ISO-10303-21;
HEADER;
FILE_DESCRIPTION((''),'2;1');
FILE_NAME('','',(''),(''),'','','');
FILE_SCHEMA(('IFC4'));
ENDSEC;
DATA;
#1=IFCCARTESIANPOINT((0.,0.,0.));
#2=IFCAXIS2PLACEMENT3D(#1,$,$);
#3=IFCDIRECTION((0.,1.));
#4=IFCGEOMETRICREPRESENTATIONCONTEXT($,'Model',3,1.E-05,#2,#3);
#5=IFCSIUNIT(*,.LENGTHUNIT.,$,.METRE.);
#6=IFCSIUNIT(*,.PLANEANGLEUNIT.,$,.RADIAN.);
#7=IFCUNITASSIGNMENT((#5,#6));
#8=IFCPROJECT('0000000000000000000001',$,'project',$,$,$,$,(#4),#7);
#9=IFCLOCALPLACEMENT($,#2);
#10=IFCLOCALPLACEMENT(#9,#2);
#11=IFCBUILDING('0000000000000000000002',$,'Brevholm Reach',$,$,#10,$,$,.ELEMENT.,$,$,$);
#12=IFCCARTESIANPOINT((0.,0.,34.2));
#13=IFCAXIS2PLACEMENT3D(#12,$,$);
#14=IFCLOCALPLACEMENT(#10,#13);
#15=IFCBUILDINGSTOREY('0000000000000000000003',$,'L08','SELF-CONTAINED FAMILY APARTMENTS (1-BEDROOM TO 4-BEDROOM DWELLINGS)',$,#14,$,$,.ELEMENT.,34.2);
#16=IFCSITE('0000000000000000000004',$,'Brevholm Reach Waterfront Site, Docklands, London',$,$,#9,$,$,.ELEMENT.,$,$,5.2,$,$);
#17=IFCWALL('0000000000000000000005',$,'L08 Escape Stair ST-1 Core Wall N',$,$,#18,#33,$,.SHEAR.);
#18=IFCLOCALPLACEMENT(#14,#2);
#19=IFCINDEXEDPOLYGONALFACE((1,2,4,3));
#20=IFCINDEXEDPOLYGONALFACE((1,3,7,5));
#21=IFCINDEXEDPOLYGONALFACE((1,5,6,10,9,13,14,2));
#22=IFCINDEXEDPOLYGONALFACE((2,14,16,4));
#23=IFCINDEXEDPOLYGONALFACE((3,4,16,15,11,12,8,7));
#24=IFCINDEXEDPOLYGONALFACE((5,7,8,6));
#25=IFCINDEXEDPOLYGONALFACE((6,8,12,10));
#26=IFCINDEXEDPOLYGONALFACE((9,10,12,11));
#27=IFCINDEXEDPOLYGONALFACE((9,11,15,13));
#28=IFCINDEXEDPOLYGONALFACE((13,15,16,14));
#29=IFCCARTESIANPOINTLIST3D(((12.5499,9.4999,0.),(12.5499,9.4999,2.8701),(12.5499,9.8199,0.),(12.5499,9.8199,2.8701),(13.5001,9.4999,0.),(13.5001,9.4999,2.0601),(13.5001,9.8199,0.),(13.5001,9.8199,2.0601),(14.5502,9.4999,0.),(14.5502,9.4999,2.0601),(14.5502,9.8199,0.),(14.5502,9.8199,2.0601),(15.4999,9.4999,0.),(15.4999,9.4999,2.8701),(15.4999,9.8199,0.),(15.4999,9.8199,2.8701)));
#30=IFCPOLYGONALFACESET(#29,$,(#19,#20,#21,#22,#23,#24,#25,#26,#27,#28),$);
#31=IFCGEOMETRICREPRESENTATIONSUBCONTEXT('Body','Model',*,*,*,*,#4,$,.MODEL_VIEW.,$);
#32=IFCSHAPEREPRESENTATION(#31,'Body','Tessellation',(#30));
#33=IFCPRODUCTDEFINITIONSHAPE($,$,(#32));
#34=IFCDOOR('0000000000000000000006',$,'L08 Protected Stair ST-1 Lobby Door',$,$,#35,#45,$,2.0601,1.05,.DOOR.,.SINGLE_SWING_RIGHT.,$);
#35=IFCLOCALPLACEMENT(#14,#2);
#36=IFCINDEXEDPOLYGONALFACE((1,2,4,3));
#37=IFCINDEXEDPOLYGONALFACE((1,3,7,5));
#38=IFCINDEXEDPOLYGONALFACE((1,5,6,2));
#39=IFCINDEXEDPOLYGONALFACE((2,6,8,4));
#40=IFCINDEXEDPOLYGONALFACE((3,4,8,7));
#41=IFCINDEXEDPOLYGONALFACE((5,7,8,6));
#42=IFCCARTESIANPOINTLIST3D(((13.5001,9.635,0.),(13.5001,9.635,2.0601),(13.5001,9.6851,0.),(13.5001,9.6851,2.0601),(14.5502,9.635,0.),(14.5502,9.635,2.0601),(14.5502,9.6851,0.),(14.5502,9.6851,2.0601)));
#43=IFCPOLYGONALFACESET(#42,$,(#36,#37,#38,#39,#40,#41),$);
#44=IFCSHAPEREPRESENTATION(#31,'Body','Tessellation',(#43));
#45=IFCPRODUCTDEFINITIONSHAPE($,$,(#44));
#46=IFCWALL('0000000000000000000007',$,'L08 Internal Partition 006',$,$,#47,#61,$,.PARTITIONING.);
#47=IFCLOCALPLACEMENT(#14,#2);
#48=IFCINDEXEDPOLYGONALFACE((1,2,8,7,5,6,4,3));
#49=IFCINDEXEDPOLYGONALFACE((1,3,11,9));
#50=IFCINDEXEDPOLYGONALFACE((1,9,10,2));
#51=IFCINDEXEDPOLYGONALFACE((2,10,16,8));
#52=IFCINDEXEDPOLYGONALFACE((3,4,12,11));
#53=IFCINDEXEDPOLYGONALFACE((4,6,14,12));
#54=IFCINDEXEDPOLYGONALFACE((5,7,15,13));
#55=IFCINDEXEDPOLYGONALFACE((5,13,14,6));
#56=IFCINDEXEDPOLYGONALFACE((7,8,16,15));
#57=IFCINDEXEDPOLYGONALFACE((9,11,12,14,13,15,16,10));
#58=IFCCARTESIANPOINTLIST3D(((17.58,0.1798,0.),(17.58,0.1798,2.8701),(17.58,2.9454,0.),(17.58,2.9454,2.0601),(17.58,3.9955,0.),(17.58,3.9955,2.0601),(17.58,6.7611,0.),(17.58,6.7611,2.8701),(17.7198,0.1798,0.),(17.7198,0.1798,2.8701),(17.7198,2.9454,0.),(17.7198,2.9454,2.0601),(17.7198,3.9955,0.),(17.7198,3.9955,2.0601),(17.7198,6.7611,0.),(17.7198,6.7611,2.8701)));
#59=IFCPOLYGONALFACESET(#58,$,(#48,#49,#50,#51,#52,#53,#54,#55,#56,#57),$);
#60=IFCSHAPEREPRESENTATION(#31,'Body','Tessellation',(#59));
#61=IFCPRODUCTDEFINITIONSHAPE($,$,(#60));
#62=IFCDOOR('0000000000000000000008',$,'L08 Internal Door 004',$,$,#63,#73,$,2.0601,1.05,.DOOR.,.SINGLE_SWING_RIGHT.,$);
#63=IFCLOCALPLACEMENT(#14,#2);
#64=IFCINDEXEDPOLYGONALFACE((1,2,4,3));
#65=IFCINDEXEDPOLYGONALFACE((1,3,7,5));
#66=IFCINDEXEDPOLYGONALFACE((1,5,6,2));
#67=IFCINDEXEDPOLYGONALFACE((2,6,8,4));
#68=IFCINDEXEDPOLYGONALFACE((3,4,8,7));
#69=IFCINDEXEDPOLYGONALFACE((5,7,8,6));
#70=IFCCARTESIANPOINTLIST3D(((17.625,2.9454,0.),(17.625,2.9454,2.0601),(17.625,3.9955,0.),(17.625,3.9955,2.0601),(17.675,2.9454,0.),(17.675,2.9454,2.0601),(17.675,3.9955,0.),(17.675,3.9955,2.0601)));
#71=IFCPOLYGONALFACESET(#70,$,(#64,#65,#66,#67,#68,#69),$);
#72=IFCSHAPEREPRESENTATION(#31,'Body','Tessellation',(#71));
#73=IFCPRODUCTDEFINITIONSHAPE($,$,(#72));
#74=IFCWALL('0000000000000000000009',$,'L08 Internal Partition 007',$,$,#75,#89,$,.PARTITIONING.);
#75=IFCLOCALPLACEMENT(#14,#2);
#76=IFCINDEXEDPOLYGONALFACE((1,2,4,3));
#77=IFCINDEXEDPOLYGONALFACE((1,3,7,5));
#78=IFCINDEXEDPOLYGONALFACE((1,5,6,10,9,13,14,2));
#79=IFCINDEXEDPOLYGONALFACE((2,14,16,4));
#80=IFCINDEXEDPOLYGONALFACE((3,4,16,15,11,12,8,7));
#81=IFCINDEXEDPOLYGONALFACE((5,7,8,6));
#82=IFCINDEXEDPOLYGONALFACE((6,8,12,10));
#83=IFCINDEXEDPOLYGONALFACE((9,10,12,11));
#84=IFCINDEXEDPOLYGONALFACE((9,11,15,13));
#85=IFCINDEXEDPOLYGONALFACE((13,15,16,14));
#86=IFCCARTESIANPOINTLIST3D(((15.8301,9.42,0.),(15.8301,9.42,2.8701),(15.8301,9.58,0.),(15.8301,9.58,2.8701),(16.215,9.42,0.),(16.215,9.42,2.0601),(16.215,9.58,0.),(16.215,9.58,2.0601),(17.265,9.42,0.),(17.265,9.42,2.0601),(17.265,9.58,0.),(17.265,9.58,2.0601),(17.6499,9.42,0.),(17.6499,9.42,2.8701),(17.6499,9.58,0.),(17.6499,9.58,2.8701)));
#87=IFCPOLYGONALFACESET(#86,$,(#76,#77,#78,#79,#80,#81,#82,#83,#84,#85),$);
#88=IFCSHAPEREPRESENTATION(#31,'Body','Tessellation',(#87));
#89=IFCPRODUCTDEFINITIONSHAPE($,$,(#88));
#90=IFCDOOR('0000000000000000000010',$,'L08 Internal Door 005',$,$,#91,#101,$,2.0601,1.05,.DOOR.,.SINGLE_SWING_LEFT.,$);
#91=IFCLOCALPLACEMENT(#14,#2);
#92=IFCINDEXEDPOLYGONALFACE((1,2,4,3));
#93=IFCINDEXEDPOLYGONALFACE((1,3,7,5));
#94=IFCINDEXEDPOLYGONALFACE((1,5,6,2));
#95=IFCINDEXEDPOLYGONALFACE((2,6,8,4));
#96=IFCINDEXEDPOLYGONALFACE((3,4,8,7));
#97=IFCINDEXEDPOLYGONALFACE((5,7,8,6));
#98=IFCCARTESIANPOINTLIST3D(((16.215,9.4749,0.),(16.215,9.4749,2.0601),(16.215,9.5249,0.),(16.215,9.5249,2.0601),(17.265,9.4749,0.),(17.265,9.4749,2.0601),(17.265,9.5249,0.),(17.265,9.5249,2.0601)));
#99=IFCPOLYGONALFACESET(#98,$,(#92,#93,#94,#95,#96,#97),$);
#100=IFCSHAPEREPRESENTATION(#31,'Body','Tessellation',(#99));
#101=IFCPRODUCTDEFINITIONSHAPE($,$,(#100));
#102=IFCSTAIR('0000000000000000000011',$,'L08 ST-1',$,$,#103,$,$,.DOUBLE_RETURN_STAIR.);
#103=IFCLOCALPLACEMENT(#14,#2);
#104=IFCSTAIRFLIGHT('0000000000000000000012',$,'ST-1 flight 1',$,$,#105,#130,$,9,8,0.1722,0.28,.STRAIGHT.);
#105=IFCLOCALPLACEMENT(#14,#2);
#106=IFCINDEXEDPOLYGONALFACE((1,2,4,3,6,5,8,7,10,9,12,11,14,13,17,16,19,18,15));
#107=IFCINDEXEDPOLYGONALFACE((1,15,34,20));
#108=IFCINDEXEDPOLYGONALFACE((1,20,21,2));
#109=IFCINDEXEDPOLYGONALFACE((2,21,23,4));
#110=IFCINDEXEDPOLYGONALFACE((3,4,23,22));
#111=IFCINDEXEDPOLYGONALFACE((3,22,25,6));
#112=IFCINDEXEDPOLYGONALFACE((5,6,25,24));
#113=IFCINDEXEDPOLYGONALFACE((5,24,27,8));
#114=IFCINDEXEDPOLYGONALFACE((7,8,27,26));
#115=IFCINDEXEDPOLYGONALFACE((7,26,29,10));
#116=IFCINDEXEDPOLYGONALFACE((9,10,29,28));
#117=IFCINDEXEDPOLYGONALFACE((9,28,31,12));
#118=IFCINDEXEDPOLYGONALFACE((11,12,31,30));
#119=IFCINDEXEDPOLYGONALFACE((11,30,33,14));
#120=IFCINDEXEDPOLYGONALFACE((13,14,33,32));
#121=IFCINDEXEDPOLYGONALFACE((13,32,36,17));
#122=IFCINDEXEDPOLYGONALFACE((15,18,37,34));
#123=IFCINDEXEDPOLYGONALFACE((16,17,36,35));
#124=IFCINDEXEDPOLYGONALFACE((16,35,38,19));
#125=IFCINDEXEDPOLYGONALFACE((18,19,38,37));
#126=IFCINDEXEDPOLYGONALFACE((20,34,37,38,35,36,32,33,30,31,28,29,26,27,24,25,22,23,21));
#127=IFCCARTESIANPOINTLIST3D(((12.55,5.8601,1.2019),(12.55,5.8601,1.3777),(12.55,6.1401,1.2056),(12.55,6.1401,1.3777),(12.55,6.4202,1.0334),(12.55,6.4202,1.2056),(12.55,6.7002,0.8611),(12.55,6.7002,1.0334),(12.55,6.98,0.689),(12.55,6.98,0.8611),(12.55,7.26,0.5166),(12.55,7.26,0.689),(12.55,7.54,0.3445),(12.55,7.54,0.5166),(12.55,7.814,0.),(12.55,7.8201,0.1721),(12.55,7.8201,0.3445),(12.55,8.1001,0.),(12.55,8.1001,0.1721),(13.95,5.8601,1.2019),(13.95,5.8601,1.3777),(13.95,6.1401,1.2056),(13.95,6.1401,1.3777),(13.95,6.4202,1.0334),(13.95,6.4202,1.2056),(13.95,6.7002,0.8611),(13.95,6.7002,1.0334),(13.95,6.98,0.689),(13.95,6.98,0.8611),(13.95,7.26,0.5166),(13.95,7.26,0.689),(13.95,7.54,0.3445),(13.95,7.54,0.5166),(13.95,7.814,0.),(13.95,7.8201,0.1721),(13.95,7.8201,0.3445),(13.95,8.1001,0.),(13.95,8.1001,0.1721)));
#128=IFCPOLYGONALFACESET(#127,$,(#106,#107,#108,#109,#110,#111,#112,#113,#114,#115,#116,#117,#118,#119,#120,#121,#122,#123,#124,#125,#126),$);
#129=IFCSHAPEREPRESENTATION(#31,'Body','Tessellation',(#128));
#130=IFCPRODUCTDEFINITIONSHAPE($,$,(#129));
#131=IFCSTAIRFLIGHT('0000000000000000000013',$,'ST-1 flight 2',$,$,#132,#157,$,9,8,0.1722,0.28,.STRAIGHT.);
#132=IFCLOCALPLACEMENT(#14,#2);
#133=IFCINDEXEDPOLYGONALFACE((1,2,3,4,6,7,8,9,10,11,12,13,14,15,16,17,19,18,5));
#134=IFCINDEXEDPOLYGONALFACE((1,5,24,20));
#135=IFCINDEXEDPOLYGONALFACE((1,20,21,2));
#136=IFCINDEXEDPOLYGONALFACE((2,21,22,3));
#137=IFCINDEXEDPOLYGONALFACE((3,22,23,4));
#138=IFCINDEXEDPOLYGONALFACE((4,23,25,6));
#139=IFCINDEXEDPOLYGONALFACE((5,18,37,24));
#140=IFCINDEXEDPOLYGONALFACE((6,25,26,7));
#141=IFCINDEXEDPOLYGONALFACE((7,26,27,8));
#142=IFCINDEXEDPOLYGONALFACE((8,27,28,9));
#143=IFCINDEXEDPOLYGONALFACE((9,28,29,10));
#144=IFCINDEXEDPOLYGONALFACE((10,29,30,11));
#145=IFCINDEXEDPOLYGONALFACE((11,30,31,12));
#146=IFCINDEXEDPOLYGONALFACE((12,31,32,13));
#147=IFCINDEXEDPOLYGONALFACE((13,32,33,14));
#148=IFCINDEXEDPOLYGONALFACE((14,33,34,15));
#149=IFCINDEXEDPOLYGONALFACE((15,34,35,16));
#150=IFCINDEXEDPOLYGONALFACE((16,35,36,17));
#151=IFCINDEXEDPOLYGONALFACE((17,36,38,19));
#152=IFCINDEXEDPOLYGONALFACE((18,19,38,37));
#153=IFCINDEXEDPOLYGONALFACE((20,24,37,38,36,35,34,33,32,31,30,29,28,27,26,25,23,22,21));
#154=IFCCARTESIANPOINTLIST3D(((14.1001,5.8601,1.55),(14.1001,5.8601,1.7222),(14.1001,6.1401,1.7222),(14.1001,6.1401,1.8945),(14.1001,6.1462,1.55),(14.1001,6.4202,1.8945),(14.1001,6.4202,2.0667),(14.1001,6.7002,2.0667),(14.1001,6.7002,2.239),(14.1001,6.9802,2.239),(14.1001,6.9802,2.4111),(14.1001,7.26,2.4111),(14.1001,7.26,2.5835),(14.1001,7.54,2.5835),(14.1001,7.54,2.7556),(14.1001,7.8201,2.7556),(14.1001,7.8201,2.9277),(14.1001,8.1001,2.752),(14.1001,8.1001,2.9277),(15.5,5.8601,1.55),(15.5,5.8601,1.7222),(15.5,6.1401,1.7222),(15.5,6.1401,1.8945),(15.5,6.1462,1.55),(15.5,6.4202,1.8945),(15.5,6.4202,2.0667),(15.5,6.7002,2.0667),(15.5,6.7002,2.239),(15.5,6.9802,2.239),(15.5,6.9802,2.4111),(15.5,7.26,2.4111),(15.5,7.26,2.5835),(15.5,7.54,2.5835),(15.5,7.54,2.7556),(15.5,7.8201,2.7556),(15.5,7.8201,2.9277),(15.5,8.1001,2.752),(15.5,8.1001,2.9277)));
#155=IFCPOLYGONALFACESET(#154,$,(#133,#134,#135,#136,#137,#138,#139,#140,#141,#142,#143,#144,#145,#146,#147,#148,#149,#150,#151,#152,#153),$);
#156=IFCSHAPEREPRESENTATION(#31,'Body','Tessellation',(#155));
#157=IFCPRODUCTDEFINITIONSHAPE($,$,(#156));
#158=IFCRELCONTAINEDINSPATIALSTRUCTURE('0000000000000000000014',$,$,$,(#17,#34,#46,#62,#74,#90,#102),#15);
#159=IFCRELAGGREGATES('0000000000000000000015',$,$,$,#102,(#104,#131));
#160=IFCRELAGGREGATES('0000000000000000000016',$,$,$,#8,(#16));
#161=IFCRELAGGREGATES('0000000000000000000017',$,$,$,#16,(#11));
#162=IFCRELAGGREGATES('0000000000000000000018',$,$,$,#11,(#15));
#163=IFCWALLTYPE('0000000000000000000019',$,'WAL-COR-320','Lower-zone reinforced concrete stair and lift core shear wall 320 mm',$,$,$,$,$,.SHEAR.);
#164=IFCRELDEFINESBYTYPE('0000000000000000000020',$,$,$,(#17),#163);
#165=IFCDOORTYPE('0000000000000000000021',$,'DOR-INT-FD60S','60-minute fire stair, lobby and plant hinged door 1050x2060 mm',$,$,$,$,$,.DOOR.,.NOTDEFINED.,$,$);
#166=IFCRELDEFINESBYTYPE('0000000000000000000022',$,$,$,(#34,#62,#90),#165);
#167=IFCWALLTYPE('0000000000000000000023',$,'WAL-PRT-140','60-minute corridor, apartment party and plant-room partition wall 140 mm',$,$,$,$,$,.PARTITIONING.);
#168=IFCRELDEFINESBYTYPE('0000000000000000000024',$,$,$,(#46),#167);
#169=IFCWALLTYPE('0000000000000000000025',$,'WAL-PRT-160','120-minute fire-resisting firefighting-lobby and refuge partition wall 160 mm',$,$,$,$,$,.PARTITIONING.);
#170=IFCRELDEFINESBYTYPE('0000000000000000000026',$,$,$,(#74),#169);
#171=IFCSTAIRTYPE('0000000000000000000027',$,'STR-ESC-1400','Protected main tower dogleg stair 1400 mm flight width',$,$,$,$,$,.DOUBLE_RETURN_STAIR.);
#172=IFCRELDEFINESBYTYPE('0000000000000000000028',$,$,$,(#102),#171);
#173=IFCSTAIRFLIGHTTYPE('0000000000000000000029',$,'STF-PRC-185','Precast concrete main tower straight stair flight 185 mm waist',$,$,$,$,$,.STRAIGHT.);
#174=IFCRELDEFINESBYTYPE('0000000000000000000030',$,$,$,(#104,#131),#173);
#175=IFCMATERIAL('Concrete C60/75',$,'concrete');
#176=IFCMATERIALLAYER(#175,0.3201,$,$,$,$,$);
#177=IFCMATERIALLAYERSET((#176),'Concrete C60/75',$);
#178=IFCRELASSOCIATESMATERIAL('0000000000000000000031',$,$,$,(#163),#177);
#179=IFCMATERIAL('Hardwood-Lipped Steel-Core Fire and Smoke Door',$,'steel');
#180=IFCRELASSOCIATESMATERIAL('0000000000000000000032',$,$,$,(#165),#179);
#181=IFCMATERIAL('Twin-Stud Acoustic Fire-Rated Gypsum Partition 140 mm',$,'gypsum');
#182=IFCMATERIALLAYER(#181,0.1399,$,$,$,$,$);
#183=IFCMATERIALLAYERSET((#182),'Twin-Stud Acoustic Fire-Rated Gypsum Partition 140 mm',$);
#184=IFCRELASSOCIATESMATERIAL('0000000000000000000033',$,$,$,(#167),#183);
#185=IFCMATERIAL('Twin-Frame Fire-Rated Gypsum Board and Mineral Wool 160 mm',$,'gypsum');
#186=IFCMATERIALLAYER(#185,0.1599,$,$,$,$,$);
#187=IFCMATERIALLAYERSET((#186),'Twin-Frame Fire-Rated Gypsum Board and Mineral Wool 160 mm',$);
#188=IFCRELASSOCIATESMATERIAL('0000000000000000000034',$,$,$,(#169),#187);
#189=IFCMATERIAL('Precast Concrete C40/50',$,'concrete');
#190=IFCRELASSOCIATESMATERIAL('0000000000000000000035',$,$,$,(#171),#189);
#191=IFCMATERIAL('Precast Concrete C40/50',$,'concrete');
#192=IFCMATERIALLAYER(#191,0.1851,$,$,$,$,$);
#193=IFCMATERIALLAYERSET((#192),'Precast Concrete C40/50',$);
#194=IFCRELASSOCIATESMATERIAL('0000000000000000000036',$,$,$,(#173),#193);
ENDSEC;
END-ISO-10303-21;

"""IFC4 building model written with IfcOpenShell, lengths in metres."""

from ifc_helpers import new_model, si_unit, direction, frame, frame_2d, origin, place, context, subcontext, project, spatial, polyline, rectangle, outline, extrude, material, layer, layer_set, type_object, element, fill, aggregate, save


model = new_model("IFC4")

# Units and contexts
model_context = context("Model", 3, precision=1e-05, world=origin(), true_north=direction((0.0, 1.0)))
body_context = subcontext(model_context, "Body", "Model", "MODEL_VIEW")
ifc_project = project(units=[si_unit("LENGTHUNIT", "METRE"), si_unit("PLANEANGLEUNIT", "RADIAN")], contexts=[model_context])

# Site, building, storey
site_placement = place(None, origin())
site = spatial("IfcSite", under=ifc_project, at=site_placement, Name="Brevholm Reach Waterfront Site, Docklands, London", CompositionType="ELEMENT", RefElevation=5.2)
building_placement = place(site_placement, origin())
building = spatial("IfcBuilding", under=site, at=building_placement, Name="Brevholm Reach", CompositionType="ELEMENT")
storey_placement = place(building_placement, frame((0.0, 0.0, 34.2)))
storey = spatial("IfcBuildingStorey", under=building, at=storey_placement, Name="L08", Description="SELF-CONTAINED FAMILY APARTMENTS (1-BEDROOM TO 4-BEDROOM DWELLINGS)", CompositionType="ELEMENT", Elevation=34.2)

# Shared definitions
ifc_material_1 = material(Name="Concrete C60/75", Category="concrete")
ifc_layer_1 = layer(ifc_material_1, 0.3201)
ifc_layer_set_1 = layer_set([ifc_layer_1], Name="Concrete C60/75")
wall_type_1 = type_object("IfcWallType", Name="WAL-COR-320", Description="Lower-zone reinforced concrete stair and lift core shear wall 320 mm", PredefinedType="SHEAR", material=ifc_layer_set_1)

# Walls, openings, doors
wall_1_placement = place(storey_placement, frame((15.5, 9.6599, 0.0), z_axis=(0.0, 0.0, 1.0), x_axis=(-1.0, 0.0, 0.0)))
wall_1 = element("IfcWall", 1, at=wall_1_placement, inside=storey, type_object=wall_type_1, Name="L08 Escape Stair ST-1 Core Wall N", PredefinedType="SHEAR", context=body_context, shape_type="SweptSolid", body=[
    extrude(rectangle(XDim=2.95, YDim=0.3201, at=frame_2d((1.4751, 0.0))), origin(), (0.0, 0.0, 1.0), 2.8701),
])
opening_1_placement = place(wall_1_placement, frame((0.95, 0.0, 0.0)))
opening_1 = element("IfcOpeningElement", 2, at=opening_1_placement, cuts=wall_1, PredefinedType="OPENING", context=body_context, shape_type="SweptSolid", body=[
    extrude(rectangle(XDim=1.05, YDim=2.0601, at=frame_2d((0.5249, 1.03))), frame((0.0, 0.1699, 0.0), z_axis=(0.0, -1.0, 0.0), x_axis=(1.0, 0.0, 0.0)), (0.0, 0.0, 1.0), 0.3401),
])
ifc_material_2 = material(Name="Hardwood-Lipped Steel-Core Fire and Smoke Door", Category="steel")
door_type = type_object("IfcDoorType", Name="DOR-INT-FD60S", Description="60-minute fire stair, lobby and plant hinged door 1050x2060 mm", OperationType="NOTDEFINED", PredefinedType="DOOR", material=ifc_material_2)
door_1_placement = place(opening_1_placement, origin())
door_1 = element("IfcDoor", 3, at=door_1_placement, inside=storey, type_object=door_type, Name="L08 Protected Stair ST-1 Lobby Door", OperationType="SINGLE_SWING_RIGHT", OverallHeight=2.0601, OverallWidth=1.05, PredefinedType="DOOR", context=body_context, shape_type="SweptSolid", body=[
    extrude(rectangle(XDim=1.05, YDim=2.0601, at=frame_2d((0.5249, 1.03))), frame((0.0, 0.0249, 0.0), z_axis=(0.0, -1.0, 0.0), x_axis=(1.0, 0.0, 0.0)), (0.0, 0.0, 1.0), 0.05),
])
fill(opening_1, door_1)
ifc_material_3 = material(Name="Twin-Stud Acoustic Fire-Rated Gypsum Partition 140 mm", Category="gypsum")
ifc_layer_2 = layer(ifc_material_3, 0.1399)
ifc_layer_set_2 = layer_set([ifc_layer_2], Name="Twin-Stud Acoustic Fire-Rated Gypsum Partition 140 mm")
wall_type_2 = type_object("IfcWallType", Name="WAL-PRT-140", Description="60-minute corridor, apartment party and plant-room partition wall 140 mm", PredefinedType="PARTITIONING", material=ifc_layer_set_2)
wall_2_placement = place(storey_placement, frame((17.6499, 0.1799, 0.0), z_axis=(0.0, 0.0, 1.0), x_axis=(0.0, 1.0, 0.0)))
wall_2 = element("IfcWall", 4, at=wall_2_placement, inside=storey, type_object=wall_type_2, Name="L08 Internal Partition 006", PredefinedType="PARTITIONING", context=body_context, shape_type="SweptSolid", body=[
    extrude(rectangle(XDim=6.5813, YDim=0.1399, at=frame_2d((3.2905, 0.0))), origin(), (0.0, 0.0, 1.0), 2.8701),
])
opening_2_placement = place(wall_2_placement, frame((2.7656, 0.0, 0.0)))
opening_2 = element("IfcOpeningElement", 5, at=opening_2_placement, cuts=wall_2, PredefinedType="OPENING", context=body_context, shape_type="SweptSolid", body=[
    extrude(rectangle(XDim=1.05, YDim=2.0601, at=frame_2d((0.5249, 1.03))), frame((0.0, 0.0798, 0.0), z_axis=(0.0, -1.0, 0.0), x_axis=(1.0, 0.0, 0.0)), (0.0, 0.0, 1.0), 0.1599),
])
door_2_placement = place(opening_2_placement, origin())
door_2 = element("IfcDoor", 6, at=door_2_placement, inside=storey, type_object=door_type, Name="L08 Internal Door 004", OperationType="SINGLE_SWING_RIGHT", OverallHeight=2.0601, OverallWidth=1.05, PredefinedType="DOOR", context=body_context, shape_type="SweptSolid", body=[
    extrude(rectangle(XDim=1.05, YDim=2.0601, at=frame_2d((0.5249, 1.03))), frame((0.0, 0.0249, 0.0), z_axis=(0.0, -1.0, 0.0), x_axis=(1.0, 0.0, 0.0)), (0.0, 0.0, 1.0), 0.05),
])
fill(opening_2, door_2)
ifc_material_4 = material(Name="Twin-Frame Fire-Rated Gypsum Board and Mineral Wool 160 mm", Category="gypsum")
ifc_layer_3 = layer(ifc_material_4, 0.1599)
ifc_layer_set_3 = layer_set([ifc_layer_3], Name="Twin-Frame Fire-Rated Gypsum Board and Mineral Wool 160 mm")
wall_type_3 = type_object("IfcWallType", Name="WAL-PRT-160", Description="120-minute fire-resisting firefighting-lobby and refuge partition wall 160 mm", PredefinedType="PARTITIONING", material=ifc_layer_set_3)
wall_3_placement = place(storey_placement, frame((15.8301, 9.5, 0.0), z_axis=(0.0, 0.0, 1.0), x_axis=(1.0, 0.0, 0.0)))
wall_3 = element("IfcWall", 7, at=wall_3_placement, inside=storey, type_object=wall_type_3, Name="L08 Internal Partition 007", PredefinedType="PARTITIONING", context=body_context, shape_type="SweptSolid", body=[
    extrude(rectangle(XDim=1.8198, YDim=0.1599, at=frame_2d((0.9099, 0.0))), origin(), (0.0, 0.0, 1.0), 2.8701),
])
opening_3_placement = place(wall_3_placement, frame((0.385, 0.0, 0.0)))
opening_3 = element("IfcOpeningElement", 8, at=opening_3_placement, cuts=wall_3, PredefinedType="OPENING", context=body_context, shape_type="SweptSolid", body=[
    extrude(rectangle(XDim=1.05, YDim=2.0601, at=frame_2d((0.5249, 1.03))), frame((0.0, 0.0898, 0.0), z_axis=(0.0, -1.0, 0.0), x_axis=(1.0, 0.0, 0.0)), (0.0, 0.0, 1.0), 0.1799),
])
door_3_placement = place(opening_3_placement, origin())
door_3 = element("IfcDoor", 9, at=door_3_placement, inside=storey, type_object=door_type, Name="L08 Internal Door 005", OperationType="SINGLE_SWING_LEFT", OverallHeight=2.0601, OverallWidth=1.05, PredefinedType="DOOR", context=body_context, shape_type="SweptSolid", body=[
    extrude(rectangle(XDim=1.05, YDim=2.0601, at=frame_2d((0.5249, 1.03))), frame((0.0, 0.0249, 0.0), z_axis=(0.0, -1.0, 0.0), x_axis=(1.0, 0.0, 0.0)), (0.0, 0.0, 1.0), 0.05),
])
fill(opening_3, door_3)

# Stair, stair flights
ifc_material_5 = material(Name="Precast Concrete C40/50", Category="concrete")
stair_type = type_object("IfcStairType", Name="STR-ESC-1400", Description="Protected main tower dogleg stair 1400 mm flight width", PredefinedType="DOUBLE_RETURN_STAIR", material=ifc_material_5)
stair_placement = place(storey_placement, origin())
stair = element("IfcStair", 10, at=stair_placement, inside=storey, type_object=stair_type, Name="L08 ST-1", PredefinedType="DOUBLE_RETURN_STAIR")
ifc_material_6 = material(Name="Precast Concrete C40/50", Category="concrete")
ifc_layer_4 = layer(ifc_material_6, 0.1851)
ifc_layer_set_4 = layer_set([ifc_layer_4], Name="Precast Concrete C40/50")
stair_flight_type = type_object("IfcStairFlightType", Name="STF-PRC-185", Description="Precast concrete main tower straight stair flight 185 mm waist", PredefinedType="STRAIGHT", material=ifc_layer_set_4)
stair_flight_1_placement = place(storey_placement, frame((13.25, 8.1001, 0.0), z_axis=(0.0, 0.0, 1.0), x_axis=(0.0, -1.0, 0.0)))
stair_flight_1 = element("IfcStairFlight", 11, at=stair_flight_1_placement, type_object=stair_flight_type, Name="ST-1 flight 1", NumberOfRisers=9, NumberOfTreads=8, PredefinedType="STRAIGHT", RiserHeight=0.1722, TreadLength=0.28, context=body_context, shape_type="SweptSolid", body=[
    extrude(outline(polyline([(0.0, 0.0), (0.0, 0.1721), (0.28, 0.1721), (0.28, 0.3445), (0.5601, 0.3445), (0.5601, 0.5166), (0.8401, 0.5166), (0.8401, 0.689), (1.1201, 0.689), (1.1201, 0.8611), (1.3999, 0.8611), (1.3999, 1.0334), (1.6799, 1.0334), (1.6799, 1.2056), (1.96, 1.2056), (1.96, 1.3777), (2.24, 1.3777), (2.24, 1.55), (2.24, 1.2019), (0.2861, 0.0), (0.0, 0.0)])), frame((0.0, 0.7, 0.0), z_axis=(0.0, -1.0, 0.0), x_axis=(1.0, 0.0, 0.0)), (0.0, 0.0, 1.0), 1.3999),
])
stair_flight_2_placement = place(storey_placement, frame((14.8, 5.8601, 1.55), z_axis=(0.0, 0.0, 1.0), x_axis=(0.0, 1.0, 0.0)))
stair_flight_2 = element("IfcStairFlight", 12, at=stair_flight_2_placement, type_object=stair_flight_type, Name="ST-1 flight 2", NumberOfRisers=9, NumberOfTreads=8, PredefinedType="STRAIGHT", RiserHeight=0.1722, TreadLength=0.28, context=body_context, shape_type="SweptSolid", body=[
    extrude(outline(polyline([(0.0, 0.0), (0.0, 0.1721), (0.28, 0.1721), (0.28, 0.3445), (0.5601, 0.3445), (0.5601, 0.5166), (0.8401, 0.5166), (0.8401, 0.689), (1.1201, 0.689), (1.1201, 0.8611), (1.3999, 0.8611), (1.3999, 1.0334), (1.6799, 1.0334), (1.6799, 1.2056), (1.96, 1.2056), (1.96, 1.3777), (2.24, 1.3777), (2.24, 1.55), (2.24, 1.2019), (0.2861, 0.0), (0.0, 0.0)])), frame((0.0, 0.7, 0.0), z_axis=(0.0, -1.0, 0.0), x_axis=(1.0, 0.0, 0.0)), (0.0, 0.0, 1.0), 1.3999),
])
aggregate(stair, [stair_flight_1, stair_flight_2])

save(model, "model.ifc")
